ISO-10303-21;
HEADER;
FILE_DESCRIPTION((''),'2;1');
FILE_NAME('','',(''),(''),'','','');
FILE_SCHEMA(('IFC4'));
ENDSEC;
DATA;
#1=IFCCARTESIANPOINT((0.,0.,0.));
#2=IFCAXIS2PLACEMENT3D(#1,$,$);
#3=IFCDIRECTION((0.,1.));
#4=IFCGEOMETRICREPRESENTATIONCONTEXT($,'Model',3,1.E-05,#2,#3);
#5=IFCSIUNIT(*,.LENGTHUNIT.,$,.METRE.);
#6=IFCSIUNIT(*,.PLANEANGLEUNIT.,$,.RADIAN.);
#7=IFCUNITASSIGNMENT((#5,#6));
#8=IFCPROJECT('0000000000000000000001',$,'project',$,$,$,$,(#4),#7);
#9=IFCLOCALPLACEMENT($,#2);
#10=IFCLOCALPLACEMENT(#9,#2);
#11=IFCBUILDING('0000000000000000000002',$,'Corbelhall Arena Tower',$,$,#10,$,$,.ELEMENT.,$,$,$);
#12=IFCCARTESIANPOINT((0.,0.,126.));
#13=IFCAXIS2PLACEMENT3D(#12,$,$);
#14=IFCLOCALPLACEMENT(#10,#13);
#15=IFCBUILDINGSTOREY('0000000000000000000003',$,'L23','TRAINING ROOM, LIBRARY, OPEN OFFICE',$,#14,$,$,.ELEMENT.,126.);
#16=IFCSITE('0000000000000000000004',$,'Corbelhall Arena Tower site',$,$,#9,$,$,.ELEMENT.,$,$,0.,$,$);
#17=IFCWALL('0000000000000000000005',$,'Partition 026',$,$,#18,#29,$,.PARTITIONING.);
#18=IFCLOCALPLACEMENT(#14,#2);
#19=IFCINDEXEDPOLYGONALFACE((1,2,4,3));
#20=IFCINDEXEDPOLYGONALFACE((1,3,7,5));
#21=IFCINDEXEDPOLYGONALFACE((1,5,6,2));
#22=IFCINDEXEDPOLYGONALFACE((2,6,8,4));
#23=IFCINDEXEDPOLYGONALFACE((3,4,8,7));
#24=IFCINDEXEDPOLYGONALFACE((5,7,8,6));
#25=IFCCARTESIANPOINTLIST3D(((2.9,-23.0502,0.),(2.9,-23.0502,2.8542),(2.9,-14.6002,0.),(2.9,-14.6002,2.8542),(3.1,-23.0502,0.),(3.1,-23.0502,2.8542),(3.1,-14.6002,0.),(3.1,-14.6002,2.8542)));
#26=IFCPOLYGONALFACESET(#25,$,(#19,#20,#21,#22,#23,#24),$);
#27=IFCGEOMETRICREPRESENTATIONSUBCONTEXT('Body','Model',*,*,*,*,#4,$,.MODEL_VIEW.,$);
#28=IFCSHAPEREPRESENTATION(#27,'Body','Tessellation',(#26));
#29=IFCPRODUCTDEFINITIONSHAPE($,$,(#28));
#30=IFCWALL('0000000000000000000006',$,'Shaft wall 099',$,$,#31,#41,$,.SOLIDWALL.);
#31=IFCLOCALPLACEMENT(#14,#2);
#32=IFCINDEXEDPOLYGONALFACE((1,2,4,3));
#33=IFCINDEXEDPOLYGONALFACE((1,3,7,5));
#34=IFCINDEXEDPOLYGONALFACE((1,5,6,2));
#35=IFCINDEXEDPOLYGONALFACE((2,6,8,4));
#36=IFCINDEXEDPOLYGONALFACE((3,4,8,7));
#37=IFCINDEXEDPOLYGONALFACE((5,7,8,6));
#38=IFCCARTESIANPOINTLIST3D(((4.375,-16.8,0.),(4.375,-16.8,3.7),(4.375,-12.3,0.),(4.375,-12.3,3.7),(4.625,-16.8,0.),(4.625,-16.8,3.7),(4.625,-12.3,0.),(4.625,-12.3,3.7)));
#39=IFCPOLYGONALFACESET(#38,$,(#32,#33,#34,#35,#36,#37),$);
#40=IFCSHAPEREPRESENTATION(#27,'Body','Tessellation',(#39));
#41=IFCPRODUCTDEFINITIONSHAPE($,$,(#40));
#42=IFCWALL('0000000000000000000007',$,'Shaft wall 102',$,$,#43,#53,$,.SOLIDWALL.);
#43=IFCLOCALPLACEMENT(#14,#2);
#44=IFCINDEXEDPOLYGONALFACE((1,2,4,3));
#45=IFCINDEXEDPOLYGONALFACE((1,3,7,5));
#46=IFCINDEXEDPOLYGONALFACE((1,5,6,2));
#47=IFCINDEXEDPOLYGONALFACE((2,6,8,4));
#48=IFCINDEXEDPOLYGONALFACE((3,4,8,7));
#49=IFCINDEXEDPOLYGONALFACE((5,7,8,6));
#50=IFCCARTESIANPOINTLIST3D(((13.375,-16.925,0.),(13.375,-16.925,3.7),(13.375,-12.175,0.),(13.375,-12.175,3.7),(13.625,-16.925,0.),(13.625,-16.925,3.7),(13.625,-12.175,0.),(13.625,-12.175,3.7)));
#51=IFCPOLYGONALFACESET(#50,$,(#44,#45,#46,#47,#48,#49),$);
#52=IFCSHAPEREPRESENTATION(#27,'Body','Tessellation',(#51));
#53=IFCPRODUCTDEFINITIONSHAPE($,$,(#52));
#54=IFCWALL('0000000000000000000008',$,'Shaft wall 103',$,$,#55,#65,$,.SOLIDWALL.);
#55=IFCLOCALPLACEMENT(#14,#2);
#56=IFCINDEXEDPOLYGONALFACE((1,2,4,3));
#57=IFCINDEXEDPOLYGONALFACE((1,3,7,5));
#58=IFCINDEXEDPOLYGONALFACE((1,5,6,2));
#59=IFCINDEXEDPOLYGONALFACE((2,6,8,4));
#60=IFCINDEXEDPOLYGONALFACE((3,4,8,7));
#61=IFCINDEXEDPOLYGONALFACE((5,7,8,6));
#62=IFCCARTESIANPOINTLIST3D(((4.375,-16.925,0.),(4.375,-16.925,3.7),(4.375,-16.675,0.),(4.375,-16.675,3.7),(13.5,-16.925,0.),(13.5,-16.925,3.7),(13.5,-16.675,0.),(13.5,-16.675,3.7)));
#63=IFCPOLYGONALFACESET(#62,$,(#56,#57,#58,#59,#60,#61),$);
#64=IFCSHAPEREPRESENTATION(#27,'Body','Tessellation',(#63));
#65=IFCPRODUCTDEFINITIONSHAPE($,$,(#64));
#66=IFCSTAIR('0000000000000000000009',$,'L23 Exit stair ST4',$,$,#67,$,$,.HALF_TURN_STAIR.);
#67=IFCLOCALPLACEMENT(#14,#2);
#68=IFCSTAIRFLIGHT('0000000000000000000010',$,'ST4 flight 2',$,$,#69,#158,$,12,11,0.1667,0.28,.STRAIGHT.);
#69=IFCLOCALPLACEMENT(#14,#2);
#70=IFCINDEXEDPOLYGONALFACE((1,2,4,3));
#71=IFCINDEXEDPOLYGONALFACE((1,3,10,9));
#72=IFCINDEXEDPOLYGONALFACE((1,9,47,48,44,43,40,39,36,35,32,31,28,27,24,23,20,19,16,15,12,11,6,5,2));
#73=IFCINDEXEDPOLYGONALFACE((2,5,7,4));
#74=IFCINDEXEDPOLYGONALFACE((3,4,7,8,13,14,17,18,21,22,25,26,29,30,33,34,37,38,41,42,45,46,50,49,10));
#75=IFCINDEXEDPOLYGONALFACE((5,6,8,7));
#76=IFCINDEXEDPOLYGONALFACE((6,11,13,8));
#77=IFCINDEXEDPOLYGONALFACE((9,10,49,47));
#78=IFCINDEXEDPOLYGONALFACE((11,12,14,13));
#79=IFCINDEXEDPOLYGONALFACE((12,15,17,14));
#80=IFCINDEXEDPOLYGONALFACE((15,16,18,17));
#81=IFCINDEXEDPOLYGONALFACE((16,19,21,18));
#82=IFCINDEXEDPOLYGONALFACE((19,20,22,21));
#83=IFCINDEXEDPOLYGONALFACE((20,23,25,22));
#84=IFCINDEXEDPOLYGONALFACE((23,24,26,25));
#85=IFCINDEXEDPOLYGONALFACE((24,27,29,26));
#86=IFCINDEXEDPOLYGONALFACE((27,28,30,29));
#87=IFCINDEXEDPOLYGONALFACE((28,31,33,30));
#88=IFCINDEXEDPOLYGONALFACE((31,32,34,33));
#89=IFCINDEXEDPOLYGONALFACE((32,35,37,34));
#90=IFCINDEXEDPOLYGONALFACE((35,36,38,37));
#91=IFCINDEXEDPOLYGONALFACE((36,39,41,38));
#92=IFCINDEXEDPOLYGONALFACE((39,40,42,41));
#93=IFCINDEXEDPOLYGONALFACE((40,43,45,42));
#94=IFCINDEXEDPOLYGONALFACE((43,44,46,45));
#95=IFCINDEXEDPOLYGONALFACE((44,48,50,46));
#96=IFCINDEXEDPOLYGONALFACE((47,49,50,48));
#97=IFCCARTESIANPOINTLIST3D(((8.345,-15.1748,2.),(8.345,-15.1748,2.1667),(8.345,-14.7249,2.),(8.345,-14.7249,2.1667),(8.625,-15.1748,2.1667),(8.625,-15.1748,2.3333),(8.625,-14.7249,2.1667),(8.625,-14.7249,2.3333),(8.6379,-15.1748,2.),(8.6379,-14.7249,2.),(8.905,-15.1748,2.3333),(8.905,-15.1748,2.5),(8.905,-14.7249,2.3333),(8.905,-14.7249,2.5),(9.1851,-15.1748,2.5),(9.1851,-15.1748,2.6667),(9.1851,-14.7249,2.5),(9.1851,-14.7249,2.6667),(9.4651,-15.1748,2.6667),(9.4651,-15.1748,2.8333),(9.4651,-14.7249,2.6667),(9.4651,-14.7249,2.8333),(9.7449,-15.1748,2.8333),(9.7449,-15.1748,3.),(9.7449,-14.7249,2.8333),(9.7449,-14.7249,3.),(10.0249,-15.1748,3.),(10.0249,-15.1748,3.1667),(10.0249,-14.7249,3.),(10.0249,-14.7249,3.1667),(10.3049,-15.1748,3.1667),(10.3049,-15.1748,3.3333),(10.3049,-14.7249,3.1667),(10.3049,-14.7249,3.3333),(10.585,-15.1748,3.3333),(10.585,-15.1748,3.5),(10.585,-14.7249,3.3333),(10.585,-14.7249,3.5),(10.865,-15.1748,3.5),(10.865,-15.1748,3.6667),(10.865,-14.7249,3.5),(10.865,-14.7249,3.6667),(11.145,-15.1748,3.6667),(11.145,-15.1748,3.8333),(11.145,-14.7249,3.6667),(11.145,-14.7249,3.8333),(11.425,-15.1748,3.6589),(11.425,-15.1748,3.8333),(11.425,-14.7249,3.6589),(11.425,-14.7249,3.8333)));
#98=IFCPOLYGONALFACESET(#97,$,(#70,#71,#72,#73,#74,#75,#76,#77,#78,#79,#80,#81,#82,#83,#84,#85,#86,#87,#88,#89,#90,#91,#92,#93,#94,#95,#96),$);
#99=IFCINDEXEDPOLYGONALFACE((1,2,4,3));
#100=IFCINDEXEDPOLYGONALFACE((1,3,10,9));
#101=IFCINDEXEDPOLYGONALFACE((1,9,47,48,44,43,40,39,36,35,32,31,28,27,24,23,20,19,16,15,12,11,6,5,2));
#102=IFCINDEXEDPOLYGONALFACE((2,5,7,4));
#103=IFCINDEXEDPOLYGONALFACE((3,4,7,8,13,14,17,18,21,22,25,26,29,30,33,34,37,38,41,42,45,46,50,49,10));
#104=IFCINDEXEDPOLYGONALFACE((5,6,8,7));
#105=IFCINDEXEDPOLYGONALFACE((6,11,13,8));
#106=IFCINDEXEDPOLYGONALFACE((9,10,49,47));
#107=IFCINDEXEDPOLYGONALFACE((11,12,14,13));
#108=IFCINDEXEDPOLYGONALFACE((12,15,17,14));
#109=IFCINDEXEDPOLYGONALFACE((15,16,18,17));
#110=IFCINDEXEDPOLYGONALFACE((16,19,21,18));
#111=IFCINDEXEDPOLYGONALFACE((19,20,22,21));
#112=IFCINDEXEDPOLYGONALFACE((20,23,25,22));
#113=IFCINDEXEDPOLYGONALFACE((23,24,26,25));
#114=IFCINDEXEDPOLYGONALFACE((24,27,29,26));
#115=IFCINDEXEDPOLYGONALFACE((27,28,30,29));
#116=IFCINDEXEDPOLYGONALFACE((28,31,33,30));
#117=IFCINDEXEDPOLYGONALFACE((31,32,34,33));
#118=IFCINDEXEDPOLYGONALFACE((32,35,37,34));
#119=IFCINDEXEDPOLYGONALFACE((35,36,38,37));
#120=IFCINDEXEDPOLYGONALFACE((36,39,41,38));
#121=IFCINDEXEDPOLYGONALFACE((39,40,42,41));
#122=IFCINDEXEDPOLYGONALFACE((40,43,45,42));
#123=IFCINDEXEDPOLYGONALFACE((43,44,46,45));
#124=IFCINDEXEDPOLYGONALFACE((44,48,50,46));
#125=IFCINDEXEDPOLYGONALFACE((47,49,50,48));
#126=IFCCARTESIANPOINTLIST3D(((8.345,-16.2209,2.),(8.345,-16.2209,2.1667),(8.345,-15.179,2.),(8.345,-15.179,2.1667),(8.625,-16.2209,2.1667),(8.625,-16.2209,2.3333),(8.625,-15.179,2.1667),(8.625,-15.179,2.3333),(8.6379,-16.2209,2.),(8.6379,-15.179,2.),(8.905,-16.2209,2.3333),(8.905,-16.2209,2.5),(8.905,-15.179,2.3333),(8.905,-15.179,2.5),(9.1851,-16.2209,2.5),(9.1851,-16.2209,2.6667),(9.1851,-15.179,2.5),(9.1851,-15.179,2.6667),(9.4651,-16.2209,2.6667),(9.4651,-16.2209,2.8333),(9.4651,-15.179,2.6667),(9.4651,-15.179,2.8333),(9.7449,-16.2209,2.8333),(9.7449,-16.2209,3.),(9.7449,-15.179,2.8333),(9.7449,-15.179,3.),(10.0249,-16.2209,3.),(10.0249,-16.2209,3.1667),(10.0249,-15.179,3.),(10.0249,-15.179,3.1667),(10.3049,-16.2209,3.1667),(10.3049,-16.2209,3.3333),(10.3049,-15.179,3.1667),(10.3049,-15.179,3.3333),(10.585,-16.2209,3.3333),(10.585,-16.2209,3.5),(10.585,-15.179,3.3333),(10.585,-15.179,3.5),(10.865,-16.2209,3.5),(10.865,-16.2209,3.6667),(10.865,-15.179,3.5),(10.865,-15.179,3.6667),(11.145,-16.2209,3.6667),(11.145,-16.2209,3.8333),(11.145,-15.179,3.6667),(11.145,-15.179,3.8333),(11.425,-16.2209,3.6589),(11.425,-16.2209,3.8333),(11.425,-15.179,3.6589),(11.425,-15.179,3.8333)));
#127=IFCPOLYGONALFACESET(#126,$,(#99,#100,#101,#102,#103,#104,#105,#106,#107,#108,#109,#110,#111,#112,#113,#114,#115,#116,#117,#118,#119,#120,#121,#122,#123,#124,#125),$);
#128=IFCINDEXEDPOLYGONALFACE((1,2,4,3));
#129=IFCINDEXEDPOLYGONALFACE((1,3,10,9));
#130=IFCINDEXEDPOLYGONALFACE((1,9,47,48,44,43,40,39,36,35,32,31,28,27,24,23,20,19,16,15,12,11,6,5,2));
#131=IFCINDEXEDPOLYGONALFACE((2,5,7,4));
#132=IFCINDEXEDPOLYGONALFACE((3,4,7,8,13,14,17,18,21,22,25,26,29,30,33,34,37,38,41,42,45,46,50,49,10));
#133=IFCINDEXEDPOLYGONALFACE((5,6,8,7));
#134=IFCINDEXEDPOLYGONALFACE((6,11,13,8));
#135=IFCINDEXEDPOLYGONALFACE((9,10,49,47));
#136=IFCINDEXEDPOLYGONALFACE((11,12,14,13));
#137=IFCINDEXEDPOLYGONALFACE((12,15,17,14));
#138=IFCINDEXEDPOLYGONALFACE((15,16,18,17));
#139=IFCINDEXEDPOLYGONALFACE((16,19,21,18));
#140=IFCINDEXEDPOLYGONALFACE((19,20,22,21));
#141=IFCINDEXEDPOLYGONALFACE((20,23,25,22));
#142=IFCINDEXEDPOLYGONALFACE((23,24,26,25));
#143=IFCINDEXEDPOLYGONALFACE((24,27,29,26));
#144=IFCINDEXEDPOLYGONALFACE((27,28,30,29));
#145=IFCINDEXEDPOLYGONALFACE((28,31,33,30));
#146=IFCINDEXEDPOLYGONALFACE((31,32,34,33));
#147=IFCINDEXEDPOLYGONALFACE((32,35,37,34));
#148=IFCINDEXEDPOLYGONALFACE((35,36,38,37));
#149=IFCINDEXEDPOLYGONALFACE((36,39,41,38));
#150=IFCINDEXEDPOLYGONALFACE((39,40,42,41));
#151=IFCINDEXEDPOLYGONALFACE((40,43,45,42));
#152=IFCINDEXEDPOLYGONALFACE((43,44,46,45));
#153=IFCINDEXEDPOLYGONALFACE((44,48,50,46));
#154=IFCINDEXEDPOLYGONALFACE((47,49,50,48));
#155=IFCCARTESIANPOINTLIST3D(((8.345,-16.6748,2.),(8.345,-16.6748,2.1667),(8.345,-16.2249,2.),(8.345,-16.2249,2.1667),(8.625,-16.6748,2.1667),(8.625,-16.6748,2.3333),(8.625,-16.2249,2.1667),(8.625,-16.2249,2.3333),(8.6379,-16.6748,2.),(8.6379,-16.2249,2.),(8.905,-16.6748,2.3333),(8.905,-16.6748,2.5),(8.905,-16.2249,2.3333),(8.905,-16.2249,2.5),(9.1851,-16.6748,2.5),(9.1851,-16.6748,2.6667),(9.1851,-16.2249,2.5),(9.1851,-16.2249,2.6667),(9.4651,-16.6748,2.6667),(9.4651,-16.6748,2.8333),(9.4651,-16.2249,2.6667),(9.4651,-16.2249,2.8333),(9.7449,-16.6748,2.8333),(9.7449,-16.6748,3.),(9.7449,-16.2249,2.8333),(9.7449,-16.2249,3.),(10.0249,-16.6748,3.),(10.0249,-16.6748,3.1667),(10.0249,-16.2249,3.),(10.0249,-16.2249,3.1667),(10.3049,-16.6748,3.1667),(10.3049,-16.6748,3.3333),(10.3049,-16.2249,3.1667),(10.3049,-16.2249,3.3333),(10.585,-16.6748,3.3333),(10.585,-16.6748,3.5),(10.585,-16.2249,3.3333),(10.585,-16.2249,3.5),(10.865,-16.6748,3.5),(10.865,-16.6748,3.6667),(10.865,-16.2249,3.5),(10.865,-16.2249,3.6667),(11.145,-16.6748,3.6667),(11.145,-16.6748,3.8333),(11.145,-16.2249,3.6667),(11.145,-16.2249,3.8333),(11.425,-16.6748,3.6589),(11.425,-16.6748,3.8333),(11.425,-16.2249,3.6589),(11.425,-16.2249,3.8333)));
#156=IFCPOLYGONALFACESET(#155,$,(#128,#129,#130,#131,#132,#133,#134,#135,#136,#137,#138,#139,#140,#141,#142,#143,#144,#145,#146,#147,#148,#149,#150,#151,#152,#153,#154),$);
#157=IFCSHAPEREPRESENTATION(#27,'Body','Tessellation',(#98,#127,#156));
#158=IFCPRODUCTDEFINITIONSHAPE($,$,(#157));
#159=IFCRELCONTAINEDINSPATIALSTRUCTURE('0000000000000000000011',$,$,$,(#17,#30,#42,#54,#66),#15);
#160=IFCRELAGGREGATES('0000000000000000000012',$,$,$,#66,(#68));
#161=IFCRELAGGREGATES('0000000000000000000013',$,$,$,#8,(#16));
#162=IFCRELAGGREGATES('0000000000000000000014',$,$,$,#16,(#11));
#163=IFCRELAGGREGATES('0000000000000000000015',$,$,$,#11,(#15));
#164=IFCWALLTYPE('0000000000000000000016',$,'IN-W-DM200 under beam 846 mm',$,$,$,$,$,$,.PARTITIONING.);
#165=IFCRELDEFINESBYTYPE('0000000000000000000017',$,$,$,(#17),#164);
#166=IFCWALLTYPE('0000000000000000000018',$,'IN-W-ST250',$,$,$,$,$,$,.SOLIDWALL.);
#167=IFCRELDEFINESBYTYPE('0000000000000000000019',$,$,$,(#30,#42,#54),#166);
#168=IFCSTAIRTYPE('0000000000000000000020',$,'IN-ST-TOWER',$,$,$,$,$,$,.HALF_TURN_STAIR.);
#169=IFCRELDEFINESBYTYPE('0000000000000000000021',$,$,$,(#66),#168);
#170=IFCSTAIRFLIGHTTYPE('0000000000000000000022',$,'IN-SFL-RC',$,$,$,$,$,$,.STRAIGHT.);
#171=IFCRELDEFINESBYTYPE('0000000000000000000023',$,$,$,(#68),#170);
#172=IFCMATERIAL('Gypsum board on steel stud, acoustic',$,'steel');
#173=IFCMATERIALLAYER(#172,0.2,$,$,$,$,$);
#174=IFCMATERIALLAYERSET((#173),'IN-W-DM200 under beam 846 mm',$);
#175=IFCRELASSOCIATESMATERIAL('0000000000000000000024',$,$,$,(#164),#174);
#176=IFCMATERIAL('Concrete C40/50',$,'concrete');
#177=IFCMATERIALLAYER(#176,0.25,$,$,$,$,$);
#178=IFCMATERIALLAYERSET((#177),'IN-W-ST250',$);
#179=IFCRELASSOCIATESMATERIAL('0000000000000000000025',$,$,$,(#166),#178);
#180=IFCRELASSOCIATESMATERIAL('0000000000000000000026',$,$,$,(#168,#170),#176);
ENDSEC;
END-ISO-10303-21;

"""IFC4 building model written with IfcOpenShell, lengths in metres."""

from ifc_helpers import new_model, si_unit, direction, frame, frame_2d, origin, place, context, subcontext, project, spatial, polyline, rectangle, outline, extrude, material, layer, layer_set, type_object, element, aggregate, save


model = new_model("IFC4")

# Units and contexts
model_context = context("Model", 3, precision=1e-05, world=origin(), true_north=direction((0.0, 1.0)))
body_context = subcontext(model_context, "Body", "Model", "MODEL_VIEW")
ifc_project = project(units=[si_unit("LENGTHUNIT", "METRE"), si_unit("PLANEANGLEUNIT", "RADIAN")], contexts=[model_context])

# Site, building, storey
site_placement = place(None, origin())
site = spatial("IfcSite", under=ifc_project, at=site_placement, Name="Corbelhall Arena Tower site", CompositionType="ELEMENT", RefElevation=0.0)
building_placement = place(site_placement, origin())
building = spatial("IfcBuilding", under=site, at=building_placement, Name="Corbelhall Arena Tower", CompositionType="ELEMENT")
storey_placement = place(building_placement, frame((0.0, 0.0, 126.0)))
storey = spatial("IfcBuildingStorey", under=building, at=storey_placement, Name="L23", Description="TRAINING ROOM, LIBRARY, OPEN OFFICE", CompositionType="ELEMENT", Elevation=126.0)

# Shared definitions
ifc_material_1 = material(Name="Gypsum board on steel stud, acoustic", Category="steel")

# Walls
ifc_layer_1 = layer(ifc_material_1, 0.2)
ifc_layer_set_1 = layer_set([ifc_layer_1], Name="IN-W-DM200 under beam 846 mm")
wall_type_1 = type_object("IfcWallType", Name="IN-W-DM200 under beam 846 mm", PredefinedType="PARTITIONING", material=ifc_layer_set_1)
wall_1_placement = place(storey_placement, frame((3.0, -14.6001, 0.0), z_axis=(0.0, 0.0, 1.0), x_axis=(0.0, -1.0, 0.0)))
element("IfcWall", 1, at=wall_1_placement, inside=storey, type_object=wall_type_1, Name="Partition 026", PredefinedType="PARTITIONING", context=body_context, shape_type="SweptSolid", body=[
    extrude(rectangle(XDim=8.45, YDim=0.2, at=frame_2d((4.2251, 0.0))), origin(), (0.0, 0.0, 1.0), 2.8542),
])
ifc_material_2 = material(Name="Concrete C40/50", Category="concrete")
ifc_layer_2 = layer(ifc_material_2, 0.25)
ifc_layer_set_2 = layer_set([ifc_layer_2], Name="IN-W-ST250")
wall_type_2 = type_object("IfcWallType", Name="IN-W-ST250", PredefinedType="SOLIDWALL", material=ifc_layer_set_2)
wall_2_placement = place(storey_placement, frame((4.5, -16.8, 0.0), z_axis=(0.0, 0.0, 1.0), x_axis=(0.0, 1.0, 0.0)))
element("IfcWall", 2, at=wall_2_placement, inside=storey, type_object=wall_type_2, Name="Shaft wall 099", PredefinedType="SOLIDWALL", context=body_context, shape_type="SweptSolid", body=[
    extrude(rectangle(XDim=4.5, YDim=0.25, at=frame_2d((2.25, 0.0))), origin(), (0.0, 0.0, 1.0), 3.7),
])
wall_3_placement = place(storey_placement, frame((13.5, -16.925, 0.0), z_axis=(0.0, 0.0, 1.0), x_axis=(0.0, 1.0, 0.0)))
element("IfcWall", 3, at=wall_3_placement, inside=storey, type_object=wall_type_2, Name="Shaft wall 102", PredefinedType="SOLIDWALL", context=body_context, shape_type="SweptSolid", body=[
    extrude(rectangle(XDim=4.75, YDim=0.25, at=frame_2d((2.375, 0.0))), origin(), (0.0, 0.0, 1.0), 3.7),
])
wall_4_placement = place(storey_placement, frame((13.5, -16.8, 0.0), z_axis=(0.0, 0.0, 1.0), x_axis=(-1.0, 0.0, 0.0)))
element("IfcWall", 4, at=wall_4_placement, inside=storey, type_object=wall_type_2, Name="Shaft wall 103", PredefinedType="SOLIDWALL", context=body_context, shape_type="SweptSolid", body=[
    extrude(rectangle(XDim=9.125, YDim=0.25, at=frame_2d((4.5625, 0.0))), origin(), (0.0, 0.0, 1.0), 3.7),
])

# Stair, stair flight
stair_type = type_object("IfcStairType", Name="IN-ST-TOWER", PredefinedType="HALF_TURN_STAIR", material=ifc_material_2)
stair_placement = place(storey_placement, origin())
stair = element("IfcStair", 5, at=stair_placement, inside=storey, type_object=stair_type, Name="L23 Exit stair ST4", PredefinedType="HALF_TURN_STAIR")
stair_flight_type = type_object("IfcStairFlightType", Name="IN-SFL-RC", PredefinedType="STRAIGHT", material=ifc_material_2)
stair_flight_placement = place(storey_placement, frame((8.345, -15.7, 2.0), z_axis=(0.0, 0.0, 1.0), x_axis=(1.0, 0.0, 0.0)))
stair_flight = element("IfcStairFlight", 6, at=stair_flight_placement, type_object=stair_flight_type, Name="ST4 flight 2", NumberOfRisers=12, NumberOfTreads=11, PredefinedType="STRAIGHT", RiserHeight=0.1667, TreadLength=0.28, context=body_context, shape_type="SweptSolid", body=[
    extrude(outline(polyline([(0.0, 0.0), (0.0, 0.1667), (0.28, 0.1667), (0.28, 0.3333), (0.5601, 0.3333), (0.5601, 0.5), (0.8401, 0.5), (0.8401, 0.6667), (1.1201, 0.6667), (1.1201, 0.8333), (1.3999, 0.8333), (1.3999, 1.0), (1.6799, 1.0), (1.6799, 1.1667), (1.96, 1.1667), (1.96, 1.3333), (2.24, 1.3333), (2.24, 1.5), (2.52, 1.5), (2.52, 1.6667), (2.8, 1.6667), (2.8, 1.8333), (3.0801, 1.8333), (3.0801, 2.0), (3.0801, 1.6589), (0.293, 0.0), (0.0, 0.0)])), frame((0.0, 0.9751, 0.0), z_axis=(0.0, -1.0, 0.0), x_axis=(1.0, 0.0, 0.0)), (0.0, 0.0, 1.0), 0.45),
    extrude(outline(polyline([(0.0, 0.0), (0.0, 0.1667), (0.28, 0.1667), (0.28, 0.3333), (0.5601, 0.3333), (0.5601, 0.5), (0.8401, 0.5), (0.8401, 0.6667), (1.1201, 0.6667), (1.1201, 0.8333), (1.3999, 0.8333), (1.3999, 1.0), (1.6799, 1.0), (1.6799, 1.1667), (1.96, 1.1667), (1.96, 1.3333), (2.24, 1.3333), (2.24, 1.5), (2.52, 1.5), (2.52, 1.6667), (2.8, 1.6667), (2.8, 1.8333), (3.0801, 1.8333), (3.0801, 2.0), (3.0801, 1.6589), (0.293, 0.0), (0.0, 0.0)])), frame((0.0, 0.521, 0.0), z_axis=(0.0, -1.0, 0.0), x_axis=(1.0, 0.0, 0.0)), (0.0, 0.0, 1.0), 1.042),
    extrude(outline(polyline([(0.0, 0.0), (0.0, 0.1667), (0.28, 0.1667), (0.28, 0.3333), (0.5601, 0.3333), (0.5601, 0.5), (0.8401, 0.5), (0.8401, 0.6667), (1.1201, 0.6667), (1.1201, 0.8333), (1.3999, 0.8333), (1.3999, 1.0), (1.6799, 1.0), (1.6799, 1.1667), (1.96, 1.1667), (1.96, 1.3333), (2.24, 1.3333), (2.24, 1.5), (2.52, 1.5), (2.52, 1.6667), (2.8, 1.6667), (2.8, 1.8333), (3.0801, 1.8333), (3.0801, 2.0), (3.0801, 1.6589), (0.293, 0.0), (0.0, 0.0)])), frame((0.0, -0.5249, 0.0), z_axis=(0.0, -1.0, 0.0), x_axis=(1.0, 0.0, 0.0)), (0.0, 0.0, 1.0), 0.45),
])
aggregate(stair, [stair_flight])

save(model, "model.ifc")
